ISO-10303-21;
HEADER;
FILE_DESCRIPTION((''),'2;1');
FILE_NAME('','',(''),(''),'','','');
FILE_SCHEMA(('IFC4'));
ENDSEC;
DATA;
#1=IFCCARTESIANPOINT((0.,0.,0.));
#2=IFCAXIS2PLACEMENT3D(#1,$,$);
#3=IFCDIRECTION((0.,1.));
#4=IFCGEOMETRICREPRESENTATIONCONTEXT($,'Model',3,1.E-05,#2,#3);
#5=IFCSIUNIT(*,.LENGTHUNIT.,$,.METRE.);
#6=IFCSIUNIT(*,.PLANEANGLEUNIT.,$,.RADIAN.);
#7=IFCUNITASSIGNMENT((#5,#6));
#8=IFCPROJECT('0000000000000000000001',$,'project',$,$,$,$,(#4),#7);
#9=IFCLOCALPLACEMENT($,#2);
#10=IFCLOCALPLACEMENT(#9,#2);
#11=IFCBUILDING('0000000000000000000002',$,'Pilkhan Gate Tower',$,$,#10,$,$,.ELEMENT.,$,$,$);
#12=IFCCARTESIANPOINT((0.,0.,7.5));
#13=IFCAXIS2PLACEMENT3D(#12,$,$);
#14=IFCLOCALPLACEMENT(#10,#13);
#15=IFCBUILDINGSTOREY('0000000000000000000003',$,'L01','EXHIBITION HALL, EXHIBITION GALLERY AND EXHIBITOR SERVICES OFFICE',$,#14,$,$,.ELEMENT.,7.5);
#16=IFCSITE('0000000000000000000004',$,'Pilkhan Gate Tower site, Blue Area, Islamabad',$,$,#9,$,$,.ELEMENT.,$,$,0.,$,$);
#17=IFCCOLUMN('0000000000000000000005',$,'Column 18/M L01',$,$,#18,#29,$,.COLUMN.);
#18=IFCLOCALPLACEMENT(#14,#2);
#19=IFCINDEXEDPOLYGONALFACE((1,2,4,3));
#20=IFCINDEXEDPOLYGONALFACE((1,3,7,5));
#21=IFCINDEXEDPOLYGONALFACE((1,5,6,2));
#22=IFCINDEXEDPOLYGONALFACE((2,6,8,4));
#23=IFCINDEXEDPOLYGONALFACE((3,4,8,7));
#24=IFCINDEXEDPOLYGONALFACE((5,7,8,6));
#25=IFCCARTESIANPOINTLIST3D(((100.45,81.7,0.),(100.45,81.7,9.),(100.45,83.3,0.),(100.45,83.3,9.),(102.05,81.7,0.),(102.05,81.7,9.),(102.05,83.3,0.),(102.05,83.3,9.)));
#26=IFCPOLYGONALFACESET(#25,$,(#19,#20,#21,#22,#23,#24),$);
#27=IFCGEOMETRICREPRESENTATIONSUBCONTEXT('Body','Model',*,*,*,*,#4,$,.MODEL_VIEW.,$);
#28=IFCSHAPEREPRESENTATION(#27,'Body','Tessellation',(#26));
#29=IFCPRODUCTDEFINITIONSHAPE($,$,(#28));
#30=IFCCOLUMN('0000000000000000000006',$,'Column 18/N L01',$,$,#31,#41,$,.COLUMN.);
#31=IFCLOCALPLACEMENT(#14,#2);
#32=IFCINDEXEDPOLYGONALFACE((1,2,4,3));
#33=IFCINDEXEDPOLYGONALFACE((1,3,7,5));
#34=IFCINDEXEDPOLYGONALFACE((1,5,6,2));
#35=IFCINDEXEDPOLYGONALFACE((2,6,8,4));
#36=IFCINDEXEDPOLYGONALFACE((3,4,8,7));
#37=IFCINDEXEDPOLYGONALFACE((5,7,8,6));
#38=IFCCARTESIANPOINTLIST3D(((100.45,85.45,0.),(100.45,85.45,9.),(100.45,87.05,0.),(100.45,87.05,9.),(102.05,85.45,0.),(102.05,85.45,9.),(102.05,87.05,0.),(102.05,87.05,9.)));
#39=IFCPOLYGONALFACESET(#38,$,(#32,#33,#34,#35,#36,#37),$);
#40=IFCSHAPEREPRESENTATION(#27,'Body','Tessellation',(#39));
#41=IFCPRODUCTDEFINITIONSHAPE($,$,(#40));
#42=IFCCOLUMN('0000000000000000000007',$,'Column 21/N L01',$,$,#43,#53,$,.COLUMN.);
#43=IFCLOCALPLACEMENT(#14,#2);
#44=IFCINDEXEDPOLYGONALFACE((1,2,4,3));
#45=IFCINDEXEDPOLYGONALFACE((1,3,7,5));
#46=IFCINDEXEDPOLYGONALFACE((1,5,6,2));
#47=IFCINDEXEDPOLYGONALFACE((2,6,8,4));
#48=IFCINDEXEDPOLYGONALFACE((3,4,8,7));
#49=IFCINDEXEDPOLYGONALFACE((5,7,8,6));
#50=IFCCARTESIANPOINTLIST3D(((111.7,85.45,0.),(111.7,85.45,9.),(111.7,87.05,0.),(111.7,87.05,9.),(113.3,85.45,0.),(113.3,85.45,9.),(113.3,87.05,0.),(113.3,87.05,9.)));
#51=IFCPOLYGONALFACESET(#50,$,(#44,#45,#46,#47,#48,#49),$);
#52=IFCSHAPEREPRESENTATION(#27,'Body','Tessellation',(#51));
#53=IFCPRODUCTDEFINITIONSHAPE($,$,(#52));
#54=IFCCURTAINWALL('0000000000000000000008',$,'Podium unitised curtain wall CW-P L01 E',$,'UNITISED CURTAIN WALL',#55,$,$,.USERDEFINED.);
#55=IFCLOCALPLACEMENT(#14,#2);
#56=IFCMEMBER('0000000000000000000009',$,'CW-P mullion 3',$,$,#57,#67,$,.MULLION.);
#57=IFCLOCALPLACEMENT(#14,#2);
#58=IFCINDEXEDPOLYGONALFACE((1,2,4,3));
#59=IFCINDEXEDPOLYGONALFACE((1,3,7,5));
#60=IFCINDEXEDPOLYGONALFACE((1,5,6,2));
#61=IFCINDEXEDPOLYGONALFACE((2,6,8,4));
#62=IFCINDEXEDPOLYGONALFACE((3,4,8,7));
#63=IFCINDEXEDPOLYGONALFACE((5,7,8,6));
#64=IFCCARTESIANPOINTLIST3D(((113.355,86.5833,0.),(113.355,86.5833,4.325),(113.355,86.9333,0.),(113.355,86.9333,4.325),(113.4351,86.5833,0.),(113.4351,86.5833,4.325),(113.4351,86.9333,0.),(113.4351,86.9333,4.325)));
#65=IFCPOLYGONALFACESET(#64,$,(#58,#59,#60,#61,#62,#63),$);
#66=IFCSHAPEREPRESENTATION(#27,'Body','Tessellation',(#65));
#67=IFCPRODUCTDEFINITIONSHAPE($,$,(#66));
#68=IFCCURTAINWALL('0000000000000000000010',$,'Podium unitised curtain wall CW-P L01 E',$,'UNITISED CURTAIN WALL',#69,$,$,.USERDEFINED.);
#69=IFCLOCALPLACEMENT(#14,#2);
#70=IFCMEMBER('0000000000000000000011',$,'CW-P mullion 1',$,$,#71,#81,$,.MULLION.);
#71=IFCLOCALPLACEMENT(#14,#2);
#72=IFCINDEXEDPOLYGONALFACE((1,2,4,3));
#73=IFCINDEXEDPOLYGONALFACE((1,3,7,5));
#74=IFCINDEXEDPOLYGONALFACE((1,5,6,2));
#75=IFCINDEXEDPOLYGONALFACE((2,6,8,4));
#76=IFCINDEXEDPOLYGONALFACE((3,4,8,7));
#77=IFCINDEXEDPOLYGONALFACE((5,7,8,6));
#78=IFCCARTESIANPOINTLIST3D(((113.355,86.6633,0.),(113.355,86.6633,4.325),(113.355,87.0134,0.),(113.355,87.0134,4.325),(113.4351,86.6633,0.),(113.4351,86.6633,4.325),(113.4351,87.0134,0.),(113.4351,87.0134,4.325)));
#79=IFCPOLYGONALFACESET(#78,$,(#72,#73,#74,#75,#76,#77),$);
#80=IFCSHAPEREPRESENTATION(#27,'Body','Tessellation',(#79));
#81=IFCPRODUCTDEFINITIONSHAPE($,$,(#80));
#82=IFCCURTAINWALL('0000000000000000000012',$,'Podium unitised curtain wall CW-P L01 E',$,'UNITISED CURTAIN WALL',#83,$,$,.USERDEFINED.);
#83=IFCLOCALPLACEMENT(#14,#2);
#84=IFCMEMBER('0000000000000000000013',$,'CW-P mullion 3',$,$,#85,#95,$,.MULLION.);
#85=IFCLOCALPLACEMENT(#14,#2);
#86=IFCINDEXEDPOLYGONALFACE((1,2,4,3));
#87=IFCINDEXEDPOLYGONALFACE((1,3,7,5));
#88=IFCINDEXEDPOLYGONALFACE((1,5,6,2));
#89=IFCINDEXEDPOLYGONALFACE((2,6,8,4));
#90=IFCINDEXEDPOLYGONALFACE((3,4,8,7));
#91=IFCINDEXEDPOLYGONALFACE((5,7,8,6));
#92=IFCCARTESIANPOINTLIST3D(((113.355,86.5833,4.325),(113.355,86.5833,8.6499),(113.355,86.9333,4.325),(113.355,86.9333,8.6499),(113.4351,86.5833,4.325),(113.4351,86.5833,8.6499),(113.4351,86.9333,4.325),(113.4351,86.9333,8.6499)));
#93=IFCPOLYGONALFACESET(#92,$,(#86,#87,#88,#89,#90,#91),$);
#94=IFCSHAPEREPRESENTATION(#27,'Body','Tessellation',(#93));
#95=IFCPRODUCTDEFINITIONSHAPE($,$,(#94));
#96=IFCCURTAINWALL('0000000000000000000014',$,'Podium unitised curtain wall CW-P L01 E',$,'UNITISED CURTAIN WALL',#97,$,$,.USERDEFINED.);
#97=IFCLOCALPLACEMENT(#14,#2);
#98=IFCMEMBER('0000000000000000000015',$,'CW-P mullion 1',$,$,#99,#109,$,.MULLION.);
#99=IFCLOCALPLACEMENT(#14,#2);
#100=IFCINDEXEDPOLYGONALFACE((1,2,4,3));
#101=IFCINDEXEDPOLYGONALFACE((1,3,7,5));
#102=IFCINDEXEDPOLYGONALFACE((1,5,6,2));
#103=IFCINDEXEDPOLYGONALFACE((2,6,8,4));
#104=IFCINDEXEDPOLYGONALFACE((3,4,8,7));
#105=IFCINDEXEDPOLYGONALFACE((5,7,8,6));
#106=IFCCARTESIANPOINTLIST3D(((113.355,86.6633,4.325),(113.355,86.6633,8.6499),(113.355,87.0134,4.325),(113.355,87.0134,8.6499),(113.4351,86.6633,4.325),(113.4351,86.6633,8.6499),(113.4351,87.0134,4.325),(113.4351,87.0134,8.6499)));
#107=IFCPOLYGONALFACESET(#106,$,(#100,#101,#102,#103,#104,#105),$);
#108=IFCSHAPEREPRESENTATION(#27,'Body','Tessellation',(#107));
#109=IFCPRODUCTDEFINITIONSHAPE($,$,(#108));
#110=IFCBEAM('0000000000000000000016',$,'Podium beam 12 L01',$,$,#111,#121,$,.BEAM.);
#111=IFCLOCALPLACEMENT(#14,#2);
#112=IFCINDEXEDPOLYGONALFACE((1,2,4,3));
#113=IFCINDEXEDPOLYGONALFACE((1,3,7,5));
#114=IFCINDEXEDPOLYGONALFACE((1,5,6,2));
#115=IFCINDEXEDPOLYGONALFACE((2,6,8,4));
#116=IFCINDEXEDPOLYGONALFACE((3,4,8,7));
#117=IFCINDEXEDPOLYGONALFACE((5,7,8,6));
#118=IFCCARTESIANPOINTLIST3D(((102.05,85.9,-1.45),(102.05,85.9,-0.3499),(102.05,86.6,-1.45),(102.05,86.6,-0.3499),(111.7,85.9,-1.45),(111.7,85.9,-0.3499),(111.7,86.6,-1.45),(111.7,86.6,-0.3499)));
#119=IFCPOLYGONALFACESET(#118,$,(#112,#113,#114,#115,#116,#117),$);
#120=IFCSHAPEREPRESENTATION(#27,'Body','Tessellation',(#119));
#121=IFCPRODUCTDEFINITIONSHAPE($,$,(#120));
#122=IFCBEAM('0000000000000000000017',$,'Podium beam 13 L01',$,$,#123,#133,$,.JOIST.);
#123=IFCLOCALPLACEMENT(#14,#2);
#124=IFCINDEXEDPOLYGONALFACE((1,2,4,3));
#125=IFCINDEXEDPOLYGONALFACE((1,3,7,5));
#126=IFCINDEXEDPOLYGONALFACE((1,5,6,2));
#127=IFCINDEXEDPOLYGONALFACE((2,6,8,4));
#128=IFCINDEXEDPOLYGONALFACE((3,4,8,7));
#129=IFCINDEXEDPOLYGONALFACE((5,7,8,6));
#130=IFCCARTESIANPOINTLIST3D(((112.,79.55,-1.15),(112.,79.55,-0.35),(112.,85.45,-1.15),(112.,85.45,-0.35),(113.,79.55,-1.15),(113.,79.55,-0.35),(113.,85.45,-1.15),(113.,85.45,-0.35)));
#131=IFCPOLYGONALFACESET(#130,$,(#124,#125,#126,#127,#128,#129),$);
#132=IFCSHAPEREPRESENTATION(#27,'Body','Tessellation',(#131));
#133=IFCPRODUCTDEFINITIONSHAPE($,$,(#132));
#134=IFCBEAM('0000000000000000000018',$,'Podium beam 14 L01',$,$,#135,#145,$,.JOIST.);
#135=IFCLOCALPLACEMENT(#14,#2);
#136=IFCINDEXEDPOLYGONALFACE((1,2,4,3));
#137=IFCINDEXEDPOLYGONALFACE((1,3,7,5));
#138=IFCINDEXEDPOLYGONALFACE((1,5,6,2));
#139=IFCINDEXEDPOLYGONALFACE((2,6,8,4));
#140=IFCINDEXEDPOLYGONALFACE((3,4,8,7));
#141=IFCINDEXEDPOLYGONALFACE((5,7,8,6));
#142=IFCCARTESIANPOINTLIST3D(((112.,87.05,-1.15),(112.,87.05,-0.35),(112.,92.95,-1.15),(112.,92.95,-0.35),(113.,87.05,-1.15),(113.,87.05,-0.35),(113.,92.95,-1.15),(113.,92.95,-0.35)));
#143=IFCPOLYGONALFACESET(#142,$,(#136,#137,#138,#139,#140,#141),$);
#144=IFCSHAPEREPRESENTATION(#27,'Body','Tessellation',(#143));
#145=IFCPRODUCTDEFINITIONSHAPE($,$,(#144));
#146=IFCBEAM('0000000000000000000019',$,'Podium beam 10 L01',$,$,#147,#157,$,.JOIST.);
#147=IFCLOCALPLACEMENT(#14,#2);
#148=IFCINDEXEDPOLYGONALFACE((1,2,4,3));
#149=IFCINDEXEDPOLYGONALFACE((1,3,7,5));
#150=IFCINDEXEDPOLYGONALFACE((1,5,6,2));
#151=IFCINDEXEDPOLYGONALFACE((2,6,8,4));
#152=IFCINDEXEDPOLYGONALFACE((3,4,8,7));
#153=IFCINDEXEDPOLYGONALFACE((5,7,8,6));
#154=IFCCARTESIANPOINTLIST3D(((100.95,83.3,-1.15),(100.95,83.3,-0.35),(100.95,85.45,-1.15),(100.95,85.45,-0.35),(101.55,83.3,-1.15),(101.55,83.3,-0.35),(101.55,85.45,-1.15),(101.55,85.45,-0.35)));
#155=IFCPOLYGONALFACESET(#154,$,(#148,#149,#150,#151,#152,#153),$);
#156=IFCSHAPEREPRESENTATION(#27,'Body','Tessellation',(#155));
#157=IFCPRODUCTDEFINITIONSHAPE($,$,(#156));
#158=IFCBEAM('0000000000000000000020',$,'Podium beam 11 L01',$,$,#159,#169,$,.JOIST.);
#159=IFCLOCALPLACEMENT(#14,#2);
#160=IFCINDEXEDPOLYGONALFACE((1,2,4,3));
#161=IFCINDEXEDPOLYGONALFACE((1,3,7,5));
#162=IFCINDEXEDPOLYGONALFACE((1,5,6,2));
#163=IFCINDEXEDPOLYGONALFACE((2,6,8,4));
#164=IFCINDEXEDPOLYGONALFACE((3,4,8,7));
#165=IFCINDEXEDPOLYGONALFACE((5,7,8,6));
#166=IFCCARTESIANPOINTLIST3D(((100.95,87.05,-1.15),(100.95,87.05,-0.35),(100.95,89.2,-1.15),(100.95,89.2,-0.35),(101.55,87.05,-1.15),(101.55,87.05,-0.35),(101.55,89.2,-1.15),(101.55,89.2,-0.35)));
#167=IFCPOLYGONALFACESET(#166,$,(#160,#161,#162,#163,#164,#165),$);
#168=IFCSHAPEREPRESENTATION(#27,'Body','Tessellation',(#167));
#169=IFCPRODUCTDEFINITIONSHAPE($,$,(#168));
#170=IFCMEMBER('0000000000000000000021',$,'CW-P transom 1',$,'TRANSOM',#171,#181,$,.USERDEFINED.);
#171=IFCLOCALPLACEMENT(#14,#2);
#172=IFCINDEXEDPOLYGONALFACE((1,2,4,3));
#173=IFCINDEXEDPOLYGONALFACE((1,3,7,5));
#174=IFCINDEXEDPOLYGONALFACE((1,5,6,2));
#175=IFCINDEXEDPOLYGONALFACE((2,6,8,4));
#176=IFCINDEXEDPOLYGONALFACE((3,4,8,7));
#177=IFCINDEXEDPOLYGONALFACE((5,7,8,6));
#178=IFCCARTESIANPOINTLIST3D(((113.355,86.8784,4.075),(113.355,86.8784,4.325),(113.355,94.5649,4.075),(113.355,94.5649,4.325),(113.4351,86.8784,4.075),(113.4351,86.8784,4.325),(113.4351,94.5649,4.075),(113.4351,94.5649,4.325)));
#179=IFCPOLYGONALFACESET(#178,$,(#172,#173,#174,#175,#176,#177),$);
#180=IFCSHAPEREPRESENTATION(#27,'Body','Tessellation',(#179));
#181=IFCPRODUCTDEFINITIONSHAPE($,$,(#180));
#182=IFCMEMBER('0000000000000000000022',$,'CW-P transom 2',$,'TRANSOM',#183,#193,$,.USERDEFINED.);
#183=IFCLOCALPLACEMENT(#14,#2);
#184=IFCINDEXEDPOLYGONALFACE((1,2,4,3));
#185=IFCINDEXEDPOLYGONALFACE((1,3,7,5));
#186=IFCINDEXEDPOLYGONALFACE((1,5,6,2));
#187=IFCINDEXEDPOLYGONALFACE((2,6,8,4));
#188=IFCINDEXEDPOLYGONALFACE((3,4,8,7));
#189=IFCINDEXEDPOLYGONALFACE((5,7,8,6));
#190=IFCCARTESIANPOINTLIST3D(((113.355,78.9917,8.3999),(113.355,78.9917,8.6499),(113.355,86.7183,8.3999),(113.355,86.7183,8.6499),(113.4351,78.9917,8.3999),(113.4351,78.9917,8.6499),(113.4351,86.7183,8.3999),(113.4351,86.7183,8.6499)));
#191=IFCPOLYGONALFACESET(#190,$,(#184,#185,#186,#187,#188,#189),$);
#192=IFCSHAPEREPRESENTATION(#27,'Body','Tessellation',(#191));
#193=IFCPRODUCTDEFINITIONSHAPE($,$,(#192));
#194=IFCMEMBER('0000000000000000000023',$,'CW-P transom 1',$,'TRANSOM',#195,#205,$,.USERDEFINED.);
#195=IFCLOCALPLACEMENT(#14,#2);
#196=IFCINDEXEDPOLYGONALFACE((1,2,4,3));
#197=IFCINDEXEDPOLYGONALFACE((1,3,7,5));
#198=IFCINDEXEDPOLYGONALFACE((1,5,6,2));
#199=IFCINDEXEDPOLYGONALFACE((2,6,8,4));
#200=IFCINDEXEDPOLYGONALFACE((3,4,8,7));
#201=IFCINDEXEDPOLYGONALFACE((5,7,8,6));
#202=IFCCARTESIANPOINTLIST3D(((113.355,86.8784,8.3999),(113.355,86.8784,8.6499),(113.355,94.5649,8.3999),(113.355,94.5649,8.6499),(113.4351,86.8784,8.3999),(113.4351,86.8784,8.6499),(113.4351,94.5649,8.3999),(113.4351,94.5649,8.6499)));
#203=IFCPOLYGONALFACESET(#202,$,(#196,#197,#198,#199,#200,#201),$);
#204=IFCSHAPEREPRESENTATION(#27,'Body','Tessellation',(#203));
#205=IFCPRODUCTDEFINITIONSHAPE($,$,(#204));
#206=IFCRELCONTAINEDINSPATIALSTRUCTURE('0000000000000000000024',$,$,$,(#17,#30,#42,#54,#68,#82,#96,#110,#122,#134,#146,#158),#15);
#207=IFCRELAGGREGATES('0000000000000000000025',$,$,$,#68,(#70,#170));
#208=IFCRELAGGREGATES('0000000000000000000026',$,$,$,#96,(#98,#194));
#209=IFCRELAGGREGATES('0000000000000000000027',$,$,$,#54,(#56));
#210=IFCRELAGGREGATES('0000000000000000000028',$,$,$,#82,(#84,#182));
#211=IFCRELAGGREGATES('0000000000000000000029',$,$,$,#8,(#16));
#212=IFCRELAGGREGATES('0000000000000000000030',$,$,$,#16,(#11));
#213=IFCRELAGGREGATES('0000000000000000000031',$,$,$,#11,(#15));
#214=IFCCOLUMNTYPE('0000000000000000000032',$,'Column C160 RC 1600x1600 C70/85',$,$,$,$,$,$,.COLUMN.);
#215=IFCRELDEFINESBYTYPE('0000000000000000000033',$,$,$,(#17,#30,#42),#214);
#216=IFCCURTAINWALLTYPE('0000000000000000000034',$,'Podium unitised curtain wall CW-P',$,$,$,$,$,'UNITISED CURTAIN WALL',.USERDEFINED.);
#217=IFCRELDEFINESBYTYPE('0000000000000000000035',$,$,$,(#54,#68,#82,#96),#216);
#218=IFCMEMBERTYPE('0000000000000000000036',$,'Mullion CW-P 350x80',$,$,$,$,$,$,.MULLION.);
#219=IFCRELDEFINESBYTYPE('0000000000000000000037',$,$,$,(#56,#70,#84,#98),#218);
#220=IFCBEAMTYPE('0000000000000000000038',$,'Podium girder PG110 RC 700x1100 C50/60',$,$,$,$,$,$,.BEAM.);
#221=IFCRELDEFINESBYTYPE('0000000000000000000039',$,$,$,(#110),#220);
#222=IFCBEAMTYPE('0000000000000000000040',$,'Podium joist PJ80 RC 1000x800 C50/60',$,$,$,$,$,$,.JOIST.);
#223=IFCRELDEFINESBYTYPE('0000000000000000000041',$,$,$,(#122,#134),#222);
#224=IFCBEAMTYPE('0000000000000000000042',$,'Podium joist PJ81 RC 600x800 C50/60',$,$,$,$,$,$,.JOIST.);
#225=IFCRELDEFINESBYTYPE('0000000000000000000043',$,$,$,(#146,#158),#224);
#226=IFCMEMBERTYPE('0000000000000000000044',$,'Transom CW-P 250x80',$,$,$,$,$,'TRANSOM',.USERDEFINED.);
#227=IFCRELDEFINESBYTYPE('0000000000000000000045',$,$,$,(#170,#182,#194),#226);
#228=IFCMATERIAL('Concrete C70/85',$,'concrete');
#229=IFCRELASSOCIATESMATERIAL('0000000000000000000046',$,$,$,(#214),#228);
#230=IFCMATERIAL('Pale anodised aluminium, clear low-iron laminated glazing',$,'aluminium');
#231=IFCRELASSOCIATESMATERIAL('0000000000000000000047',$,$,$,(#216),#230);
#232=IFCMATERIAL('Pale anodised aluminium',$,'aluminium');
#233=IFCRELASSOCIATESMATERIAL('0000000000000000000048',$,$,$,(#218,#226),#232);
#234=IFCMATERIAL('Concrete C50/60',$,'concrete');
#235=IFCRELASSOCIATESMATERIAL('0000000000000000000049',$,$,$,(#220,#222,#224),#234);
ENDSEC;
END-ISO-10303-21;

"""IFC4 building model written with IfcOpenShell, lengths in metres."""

from ifc_helpers import new_model, si_unit, direction, frame, origin, origin_2d, place, context, subcontext, project, spatial, rectangle, extrude, material, material_profile, profile_set, type_object, element, aggregate, save


model = new_model("IFC4")

# Units and contexts
model_context = context("Model", 3, precision=1e-05, world=origin(), true_north=direction((0.0, 1.0)))
body_context = subcontext(model_context, "Body", "Model", "MODEL_VIEW")
ifc_project = project(units=[si_unit("LENGTHUNIT", "METRE"), si_unit("PLANEANGLEUNIT", "RADIAN")], contexts=[model_context])

# Site, building, storey
site_placement = place(None, origin())
site = spatial("IfcSite", under=ifc_project, at=site_placement, Name="Pilkhan Gate Tower site, Blue Area, Islamabad", CompositionType="ELEMENT", RefElevation=0.0)
building_placement = place(site_placement, origin())
building = spatial("IfcBuilding", under=site, at=building_placement, Name="Pilkhan Gate Tower", CompositionType="ELEMENT")
storey_placement = place(building_placement, frame((0.0, 0.0, 7.5)))
storey = spatial("IfcBuildingStorey", under=building, at=storey_placement, Name="L01", Description="EXHIBITION HALL, EXHIBITION GALLERY AND EXHIBITOR SERVICES OFFICE", CompositionType="ELEMENT", Elevation=7.5)

# Columns
ifc_material_1 = material(Name="Concrete C70/85", Category="concrete")
ifc_material_profile_1 = material_profile(ifc_material_1, rectangle(XDim=1.6001, YDim=1.6001, at=origin_2d()), Name="RC 1600x1600")
ifc_profile_set_1 = profile_set([ifc_material_profile_1], Name="Concrete C70/85")
column_type = type_object("IfcColumnType", Name="Column C160 RC 1600x1600 C70/85", PredefinedType="COLUMN", material=ifc_profile_set_1)
for number, where, z_axis, x_axis, name in (
    (1, (101.25, 82.5, 0.0), (0.0, 0.0, 1.0), (1.0, 0.0, 0.0), "Column 18/M L01"),
    (2, (101.25, 86.25, 0.0), (0.0, 0.0, 1.0), (1.0, 0.0, 0.0), "Column 18/N L01"),
    (3, (112.5, 86.25, 0.0), (0.0, 0.0, 1.0), (1.0, 0.0, 0.0), "Column 21/N L01"),
):
    element("IfcColumn", number, at=place(storey_placement, frame(where, z_axis=z_axis, x_axis=x_axis)), inside=storey, type_object=column_type, Name=name, PredefinedType="COLUMN", context=body_context, shape_type="SweptSolid", body=[
        extrude(rectangle(XDim=1.6001, YDim=1.6001, at=origin_2d()), origin(), (0.0, 0.0, 1.0), 9.0),
    ])

# Curtain walls, members
ifc_material_2 = material(Name="Pale anodised aluminium, clear low-iron laminated glazing", Category="aluminium")
curtain_wall_type = type_object("IfcCurtainWallType", Name="Podium unitised curtain wall CW-P", ElementType="UNITISED CURTAIN WALL", PredefinedType="USERDEFINED", material=ifc_material_2)
curtain_wall_1_placement = place(storey_placement, origin())
curtain_wall_1 = element("IfcCurtainWall", 4, at=curtain_wall_1_placement, inside=storey, type_object=curtain_wall_type, Name="Podium unitised curtain wall CW-P L01 E", ObjectType="UNITISED CURTAIN WALL", PredefinedType="USERDEFINED")
ifc_material_3 = material(Name="Pale anodised aluminium", Category="aluminium")
ifc_material_profile_2 = material_profile(ifc_material_3, rectangle(XDim=0.0801, YDim=0.3501, at=origin_2d()), Name="Mullion 350x80")
ifc_profile_set_2 = profile_set([ifc_material_profile_2], Name="Pale anodised aluminium")
member_type_1 = type_object("IfcMemberType", Name="Mullion CW-P 350x80", PredefinedType="MULLION", material=ifc_profile_set_2)
member_1_placement = place(storey_placement, frame((113.395, 86.7583, 0.0), z_axis=(0.0, 0.0, 1.0), x_axis=(-1.0, 0.0, 0.0)))
member_1 = element("IfcMember", 5, at=member_1_placement, type_object=member_type_1, Name="CW-P mullion 3", PredefinedType="MULLION", context=body_context, shape_type="SweptSolid", body=[
    extrude(rectangle(XDim=0.0801, YDim=0.3501, at=origin_2d()), origin(), (0.0, 0.0, 1.0), 4.325),
])
curtain_wall_2_placement = place(storey_placement, origin())
curtain_wall_2 = element("IfcCurtainWall", 6, at=curtain_wall_2_placement, inside=storey, type_object=curtain_wall_type, Name="Podium unitised curtain wall CW-P L01 E", ObjectType="UNITISED CURTAIN WALL", PredefinedType="USERDEFINED")
member_2_placement = place(storey_placement, frame((113.395, 86.8384, 0.0), z_axis=(0.0, 0.0, 1.0), x_axis=(-1.0, 0.0, 0.0)))
member_2 = element("IfcMember", 7, at=member_2_placement, type_object=member_type_1, Name="CW-P mullion 1", PredefinedType="MULLION", context=body_context, shape_type="SweptSolid", body=[
    extrude(rectangle(XDim=0.0801, YDim=0.3501, at=origin_2d()), origin(), (0.0, 0.0, 1.0), 4.325),
])
curtain_wall_3_placement = place(storey_placement, origin())
curtain_wall_3 = element("IfcCurtainWall", 8, at=curtain_wall_3_placement, inside=storey, type_object=curtain_wall_type, Name="Podium unitised curtain wall CW-P L01 E", ObjectType="UNITISED CURTAIN WALL", PredefinedType="USERDEFINED")
member_3_placement = place(storey_placement, frame((113.395, 86.7583, 4.325), z_axis=(0.0, 0.0, 1.0), x_axis=(-1.0, 0.0, 0.0)))
member_3 = element("IfcMember", 9, at=member_3_placement, type_object=member_type_1, Name="CW-P mullion 3", PredefinedType="MULLION", context=body_context, shape_type="SweptSolid", body=[
    extrude(rectangle(XDim=0.0801, YDim=0.3501, at=origin_2d()), origin(), (0.0, 0.0, 1.0), 4.325),
])
curtain_wall_4_placement = place(storey_placement, origin())
curtain_wall_4 = element("IfcCurtainWall", 10, at=curtain_wall_4_placement, inside=storey, type_object=curtain_wall_type, Name="Podium unitised curtain wall CW-P L01 E", ObjectType="UNITISED CURTAIN WALL", PredefinedType="USERDEFINED")
member_4_placement = place(storey_placement, frame((113.395, 86.8384, 4.325), z_axis=(0.0, 0.0, 1.0), x_axis=(-1.0, 0.0, 0.0)))
member_4 = element("IfcMember", 11, at=member_4_placement, type_object=member_type_1, Name="CW-P mullion 1", PredefinedType="MULLION", context=body_context, shape_type="SweptSolid", body=[
    extrude(rectangle(XDim=0.0801, YDim=0.3501, at=origin_2d()), origin(), (0.0, 0.0, 1.0), 4.325),
])

# Beams
ifc_material_4 = material(Name="Concrete C50/60", Category="concrete")
ifc_material_profile_3 = material_profile(ifc_material_4, rectangle(XDim=0.7, YDim=1.1001, at=origin_2d()), Name="RC 700x1100")
ifc_profile_set_3 = profile_set([ifc_material_profile_3], Name="Concrete C50/60")
beam_type_1 = type_object("IfcBeamType", Name="Podium girder PG110 RC 700x1100 C50/60", PredefinedType="BEAM", material=ifc_profile_set_3)
beam_placement = place(storey_placement, frame((102.05, 86.25, -0.8999), z_axis=(1.0, 0.0, 0.0), x_axis=(0.0, 1.0, 0.0)))
element("IfcBeam", 12, at=beam_placement, inside=storey, type_object=beam_type_1, Name="Podium beam 12 L01", PredefinedType="BEAM", context=body_context, shape_type="SweptSolid", body=[
    extrude(rectangle(XDim=0.7, YDim=1.1001, at=origin_2d()), origin(), (0.0, 0.0, 1.0), 9.6499),
])
ifc_material_profile_4 = material_profile(ifc_material_4, rectangle(XDim=1.0, YDim=0.8, at=origin_2d()), Name="RC 1000x800")
ifc_profile_set_4 = profile_set([ifc_material_profile_4], Name="Concrete C50/60")
beam_type_2 = type_object("IfcBeamType", Name="Podium joist PJ80 RC 1000x800 C50/60", PredefinedType="JOIST", material=ifc_profile_set_4)
for number, where, z_axis, x_axis, name in (
    (13, (112.5, 79.55, -0.75), (0.0, 1.0, 0.0), (-1.0, 0.0, 0.0), "Podium beam 13 L01"),
    (14, (112.5, 87.05, -0.75), (0.0, 1.0, 0.0), (-1.0, 0.0, 0.0), "Podium beam 14 L01"),
):
    element("IfcBeam", number, at=place(storey_placement, frame(where, z_axis=z_axis, x_axis=x_axis)), inside=storey, type_object=beam_type_2, Name=name, PredefinedType="JOIST", context=body_context, shape_type="SweptSolid", body=[
        extrude(rectangle(XDim=1.0, YDim=0.8, at=origin_2d()), origin(), (0.0, 0.0, 1.0), 5.8999),
    ])
ifc_material_profile_5 = material_profile(ifc_material_4, rectangle(XDim=0.6001, YDim=0.8, at=origin_2d()), Name="RC 600x800")
ifc_profile_set_5 = profile_set([ifc_material_profile_5], Name="Concrete C50/60")
beam_type_3 = type_object("IfcBeamType", Name="Podium joist PJ81 RC 600x800 C50/60", PredefinedType="JOIST", material=ifc_profile_set_5)
for number, where, z_axis, x_axis, name in (
    (15, (101.25, 83.3, -0.75), (0.0, 1.0, 0.0), (-1.0, 0.0, 0.0), "Podium beam 10 L01"),
    (16, (101.25, 87.05, -0.75), (0.0, 1.0, 0.0), (-1.0, 0.0, 0.0), "Podium beam 11 L01"),
):
    element("IfcBeam", number, at=place(storey_placement, frame(where, z_axis=z_axis, x_axis=x_axis)), inside=storey, type_object=beam_type_3, Name=name, PredefinedType="JOIST", context=body_context, shape_type="SweptSolid", body=[
        extrude(rectangle(XDim=0.6001, YDim=0.8, at=origin_2d()), origin(), (0.0, 0.0, 1.0), 2.1499),
    ])

# Members
ifc_material_profile_6 = material_profile(ifc_material_3, rectangle(XDim=0.0801, YDim=0.25, at=origin_2d()), Name="Transom 250x80")
ifc_profile_set_6 = profile_set([ifc_material_profile_6], Name="Pale anodised aluminium")
member_type_2 = type_object("IfcMemberType", Name="Transom CW-P 250x80", ElementType="TRANSOM", PredefinedType="USERDEFINED", material=ifc_profile_set_6)
member_5_placement = place(storey_placement, frame((113.395, 86.8784, 4.2), z_axis=(0.0, 1.0, 0.0), x_axis=(-1.0, 0.0, 0.0)))
member_5 = element("IfcMember", 17, at=member_5_placement, type_object=member_type_2, Name="CW-P transom 1", ObjectType="TRANSOM", PredefinedType="USERDEFINED", context=body_context, shape_type="SweptSolid", body=[
    extrude(rectangle(XDim=0.0801, YDim=0.25, at=origin_2d()), origin(), (0.0, 0.0, 1.0), 7.6865),
])
aggregate(curtain_wall_2, [member_2, member_5])
member_6_placement = place(storey_placement, frame((113.395, 78.9917, 8.5249), z_axis=(0.0, 1.0, 0.0), x_axis=(-1.0, 0.0, 0.0)))
member_6 = element("IfcMember", 18, at=member_6_placement, type_object=member_type_2, Name="CW-P transom 2", ObjectType="TRANSOM", PredefinedType="USERDEFINED", context=body_context, shape_type="SweptSolid", body=[
    extrude(rectangle(XDim=0.0801, YDim=0.25, at=origin_2d()), origin(), (0.0, 0.0, 1.0), 7.7266),
])
member_7_placement = place(storey_placement, frame((113.395, 86.8784, 8.5249), z_axis=(0.0, 1.0, 0.0), x_axis=(-1.0, 0.0, 0.0)))
member_7 = element("IfcMember", 19, at=member_7_placement, type_object=member_type_2, Name="CW-P transom 1", ObjectType="TRANSOM", PredefinedType="USERDEFINED", context=body_context, shape_type="SweptSolid", body=[
    extrude(rectangle(XDim=0.0801, YDim=0.25, at=origin_2d()), origin(), (0.0, 0.0, 1.0), 7.6865),
])
aggregate(curtain_wall_4, [member_4, member_7])

aggregate(curtain_wall_1, [member_1])
aggregate(curtain_wall_3, [member_3, member_6])

save(model, "model.ifc")
